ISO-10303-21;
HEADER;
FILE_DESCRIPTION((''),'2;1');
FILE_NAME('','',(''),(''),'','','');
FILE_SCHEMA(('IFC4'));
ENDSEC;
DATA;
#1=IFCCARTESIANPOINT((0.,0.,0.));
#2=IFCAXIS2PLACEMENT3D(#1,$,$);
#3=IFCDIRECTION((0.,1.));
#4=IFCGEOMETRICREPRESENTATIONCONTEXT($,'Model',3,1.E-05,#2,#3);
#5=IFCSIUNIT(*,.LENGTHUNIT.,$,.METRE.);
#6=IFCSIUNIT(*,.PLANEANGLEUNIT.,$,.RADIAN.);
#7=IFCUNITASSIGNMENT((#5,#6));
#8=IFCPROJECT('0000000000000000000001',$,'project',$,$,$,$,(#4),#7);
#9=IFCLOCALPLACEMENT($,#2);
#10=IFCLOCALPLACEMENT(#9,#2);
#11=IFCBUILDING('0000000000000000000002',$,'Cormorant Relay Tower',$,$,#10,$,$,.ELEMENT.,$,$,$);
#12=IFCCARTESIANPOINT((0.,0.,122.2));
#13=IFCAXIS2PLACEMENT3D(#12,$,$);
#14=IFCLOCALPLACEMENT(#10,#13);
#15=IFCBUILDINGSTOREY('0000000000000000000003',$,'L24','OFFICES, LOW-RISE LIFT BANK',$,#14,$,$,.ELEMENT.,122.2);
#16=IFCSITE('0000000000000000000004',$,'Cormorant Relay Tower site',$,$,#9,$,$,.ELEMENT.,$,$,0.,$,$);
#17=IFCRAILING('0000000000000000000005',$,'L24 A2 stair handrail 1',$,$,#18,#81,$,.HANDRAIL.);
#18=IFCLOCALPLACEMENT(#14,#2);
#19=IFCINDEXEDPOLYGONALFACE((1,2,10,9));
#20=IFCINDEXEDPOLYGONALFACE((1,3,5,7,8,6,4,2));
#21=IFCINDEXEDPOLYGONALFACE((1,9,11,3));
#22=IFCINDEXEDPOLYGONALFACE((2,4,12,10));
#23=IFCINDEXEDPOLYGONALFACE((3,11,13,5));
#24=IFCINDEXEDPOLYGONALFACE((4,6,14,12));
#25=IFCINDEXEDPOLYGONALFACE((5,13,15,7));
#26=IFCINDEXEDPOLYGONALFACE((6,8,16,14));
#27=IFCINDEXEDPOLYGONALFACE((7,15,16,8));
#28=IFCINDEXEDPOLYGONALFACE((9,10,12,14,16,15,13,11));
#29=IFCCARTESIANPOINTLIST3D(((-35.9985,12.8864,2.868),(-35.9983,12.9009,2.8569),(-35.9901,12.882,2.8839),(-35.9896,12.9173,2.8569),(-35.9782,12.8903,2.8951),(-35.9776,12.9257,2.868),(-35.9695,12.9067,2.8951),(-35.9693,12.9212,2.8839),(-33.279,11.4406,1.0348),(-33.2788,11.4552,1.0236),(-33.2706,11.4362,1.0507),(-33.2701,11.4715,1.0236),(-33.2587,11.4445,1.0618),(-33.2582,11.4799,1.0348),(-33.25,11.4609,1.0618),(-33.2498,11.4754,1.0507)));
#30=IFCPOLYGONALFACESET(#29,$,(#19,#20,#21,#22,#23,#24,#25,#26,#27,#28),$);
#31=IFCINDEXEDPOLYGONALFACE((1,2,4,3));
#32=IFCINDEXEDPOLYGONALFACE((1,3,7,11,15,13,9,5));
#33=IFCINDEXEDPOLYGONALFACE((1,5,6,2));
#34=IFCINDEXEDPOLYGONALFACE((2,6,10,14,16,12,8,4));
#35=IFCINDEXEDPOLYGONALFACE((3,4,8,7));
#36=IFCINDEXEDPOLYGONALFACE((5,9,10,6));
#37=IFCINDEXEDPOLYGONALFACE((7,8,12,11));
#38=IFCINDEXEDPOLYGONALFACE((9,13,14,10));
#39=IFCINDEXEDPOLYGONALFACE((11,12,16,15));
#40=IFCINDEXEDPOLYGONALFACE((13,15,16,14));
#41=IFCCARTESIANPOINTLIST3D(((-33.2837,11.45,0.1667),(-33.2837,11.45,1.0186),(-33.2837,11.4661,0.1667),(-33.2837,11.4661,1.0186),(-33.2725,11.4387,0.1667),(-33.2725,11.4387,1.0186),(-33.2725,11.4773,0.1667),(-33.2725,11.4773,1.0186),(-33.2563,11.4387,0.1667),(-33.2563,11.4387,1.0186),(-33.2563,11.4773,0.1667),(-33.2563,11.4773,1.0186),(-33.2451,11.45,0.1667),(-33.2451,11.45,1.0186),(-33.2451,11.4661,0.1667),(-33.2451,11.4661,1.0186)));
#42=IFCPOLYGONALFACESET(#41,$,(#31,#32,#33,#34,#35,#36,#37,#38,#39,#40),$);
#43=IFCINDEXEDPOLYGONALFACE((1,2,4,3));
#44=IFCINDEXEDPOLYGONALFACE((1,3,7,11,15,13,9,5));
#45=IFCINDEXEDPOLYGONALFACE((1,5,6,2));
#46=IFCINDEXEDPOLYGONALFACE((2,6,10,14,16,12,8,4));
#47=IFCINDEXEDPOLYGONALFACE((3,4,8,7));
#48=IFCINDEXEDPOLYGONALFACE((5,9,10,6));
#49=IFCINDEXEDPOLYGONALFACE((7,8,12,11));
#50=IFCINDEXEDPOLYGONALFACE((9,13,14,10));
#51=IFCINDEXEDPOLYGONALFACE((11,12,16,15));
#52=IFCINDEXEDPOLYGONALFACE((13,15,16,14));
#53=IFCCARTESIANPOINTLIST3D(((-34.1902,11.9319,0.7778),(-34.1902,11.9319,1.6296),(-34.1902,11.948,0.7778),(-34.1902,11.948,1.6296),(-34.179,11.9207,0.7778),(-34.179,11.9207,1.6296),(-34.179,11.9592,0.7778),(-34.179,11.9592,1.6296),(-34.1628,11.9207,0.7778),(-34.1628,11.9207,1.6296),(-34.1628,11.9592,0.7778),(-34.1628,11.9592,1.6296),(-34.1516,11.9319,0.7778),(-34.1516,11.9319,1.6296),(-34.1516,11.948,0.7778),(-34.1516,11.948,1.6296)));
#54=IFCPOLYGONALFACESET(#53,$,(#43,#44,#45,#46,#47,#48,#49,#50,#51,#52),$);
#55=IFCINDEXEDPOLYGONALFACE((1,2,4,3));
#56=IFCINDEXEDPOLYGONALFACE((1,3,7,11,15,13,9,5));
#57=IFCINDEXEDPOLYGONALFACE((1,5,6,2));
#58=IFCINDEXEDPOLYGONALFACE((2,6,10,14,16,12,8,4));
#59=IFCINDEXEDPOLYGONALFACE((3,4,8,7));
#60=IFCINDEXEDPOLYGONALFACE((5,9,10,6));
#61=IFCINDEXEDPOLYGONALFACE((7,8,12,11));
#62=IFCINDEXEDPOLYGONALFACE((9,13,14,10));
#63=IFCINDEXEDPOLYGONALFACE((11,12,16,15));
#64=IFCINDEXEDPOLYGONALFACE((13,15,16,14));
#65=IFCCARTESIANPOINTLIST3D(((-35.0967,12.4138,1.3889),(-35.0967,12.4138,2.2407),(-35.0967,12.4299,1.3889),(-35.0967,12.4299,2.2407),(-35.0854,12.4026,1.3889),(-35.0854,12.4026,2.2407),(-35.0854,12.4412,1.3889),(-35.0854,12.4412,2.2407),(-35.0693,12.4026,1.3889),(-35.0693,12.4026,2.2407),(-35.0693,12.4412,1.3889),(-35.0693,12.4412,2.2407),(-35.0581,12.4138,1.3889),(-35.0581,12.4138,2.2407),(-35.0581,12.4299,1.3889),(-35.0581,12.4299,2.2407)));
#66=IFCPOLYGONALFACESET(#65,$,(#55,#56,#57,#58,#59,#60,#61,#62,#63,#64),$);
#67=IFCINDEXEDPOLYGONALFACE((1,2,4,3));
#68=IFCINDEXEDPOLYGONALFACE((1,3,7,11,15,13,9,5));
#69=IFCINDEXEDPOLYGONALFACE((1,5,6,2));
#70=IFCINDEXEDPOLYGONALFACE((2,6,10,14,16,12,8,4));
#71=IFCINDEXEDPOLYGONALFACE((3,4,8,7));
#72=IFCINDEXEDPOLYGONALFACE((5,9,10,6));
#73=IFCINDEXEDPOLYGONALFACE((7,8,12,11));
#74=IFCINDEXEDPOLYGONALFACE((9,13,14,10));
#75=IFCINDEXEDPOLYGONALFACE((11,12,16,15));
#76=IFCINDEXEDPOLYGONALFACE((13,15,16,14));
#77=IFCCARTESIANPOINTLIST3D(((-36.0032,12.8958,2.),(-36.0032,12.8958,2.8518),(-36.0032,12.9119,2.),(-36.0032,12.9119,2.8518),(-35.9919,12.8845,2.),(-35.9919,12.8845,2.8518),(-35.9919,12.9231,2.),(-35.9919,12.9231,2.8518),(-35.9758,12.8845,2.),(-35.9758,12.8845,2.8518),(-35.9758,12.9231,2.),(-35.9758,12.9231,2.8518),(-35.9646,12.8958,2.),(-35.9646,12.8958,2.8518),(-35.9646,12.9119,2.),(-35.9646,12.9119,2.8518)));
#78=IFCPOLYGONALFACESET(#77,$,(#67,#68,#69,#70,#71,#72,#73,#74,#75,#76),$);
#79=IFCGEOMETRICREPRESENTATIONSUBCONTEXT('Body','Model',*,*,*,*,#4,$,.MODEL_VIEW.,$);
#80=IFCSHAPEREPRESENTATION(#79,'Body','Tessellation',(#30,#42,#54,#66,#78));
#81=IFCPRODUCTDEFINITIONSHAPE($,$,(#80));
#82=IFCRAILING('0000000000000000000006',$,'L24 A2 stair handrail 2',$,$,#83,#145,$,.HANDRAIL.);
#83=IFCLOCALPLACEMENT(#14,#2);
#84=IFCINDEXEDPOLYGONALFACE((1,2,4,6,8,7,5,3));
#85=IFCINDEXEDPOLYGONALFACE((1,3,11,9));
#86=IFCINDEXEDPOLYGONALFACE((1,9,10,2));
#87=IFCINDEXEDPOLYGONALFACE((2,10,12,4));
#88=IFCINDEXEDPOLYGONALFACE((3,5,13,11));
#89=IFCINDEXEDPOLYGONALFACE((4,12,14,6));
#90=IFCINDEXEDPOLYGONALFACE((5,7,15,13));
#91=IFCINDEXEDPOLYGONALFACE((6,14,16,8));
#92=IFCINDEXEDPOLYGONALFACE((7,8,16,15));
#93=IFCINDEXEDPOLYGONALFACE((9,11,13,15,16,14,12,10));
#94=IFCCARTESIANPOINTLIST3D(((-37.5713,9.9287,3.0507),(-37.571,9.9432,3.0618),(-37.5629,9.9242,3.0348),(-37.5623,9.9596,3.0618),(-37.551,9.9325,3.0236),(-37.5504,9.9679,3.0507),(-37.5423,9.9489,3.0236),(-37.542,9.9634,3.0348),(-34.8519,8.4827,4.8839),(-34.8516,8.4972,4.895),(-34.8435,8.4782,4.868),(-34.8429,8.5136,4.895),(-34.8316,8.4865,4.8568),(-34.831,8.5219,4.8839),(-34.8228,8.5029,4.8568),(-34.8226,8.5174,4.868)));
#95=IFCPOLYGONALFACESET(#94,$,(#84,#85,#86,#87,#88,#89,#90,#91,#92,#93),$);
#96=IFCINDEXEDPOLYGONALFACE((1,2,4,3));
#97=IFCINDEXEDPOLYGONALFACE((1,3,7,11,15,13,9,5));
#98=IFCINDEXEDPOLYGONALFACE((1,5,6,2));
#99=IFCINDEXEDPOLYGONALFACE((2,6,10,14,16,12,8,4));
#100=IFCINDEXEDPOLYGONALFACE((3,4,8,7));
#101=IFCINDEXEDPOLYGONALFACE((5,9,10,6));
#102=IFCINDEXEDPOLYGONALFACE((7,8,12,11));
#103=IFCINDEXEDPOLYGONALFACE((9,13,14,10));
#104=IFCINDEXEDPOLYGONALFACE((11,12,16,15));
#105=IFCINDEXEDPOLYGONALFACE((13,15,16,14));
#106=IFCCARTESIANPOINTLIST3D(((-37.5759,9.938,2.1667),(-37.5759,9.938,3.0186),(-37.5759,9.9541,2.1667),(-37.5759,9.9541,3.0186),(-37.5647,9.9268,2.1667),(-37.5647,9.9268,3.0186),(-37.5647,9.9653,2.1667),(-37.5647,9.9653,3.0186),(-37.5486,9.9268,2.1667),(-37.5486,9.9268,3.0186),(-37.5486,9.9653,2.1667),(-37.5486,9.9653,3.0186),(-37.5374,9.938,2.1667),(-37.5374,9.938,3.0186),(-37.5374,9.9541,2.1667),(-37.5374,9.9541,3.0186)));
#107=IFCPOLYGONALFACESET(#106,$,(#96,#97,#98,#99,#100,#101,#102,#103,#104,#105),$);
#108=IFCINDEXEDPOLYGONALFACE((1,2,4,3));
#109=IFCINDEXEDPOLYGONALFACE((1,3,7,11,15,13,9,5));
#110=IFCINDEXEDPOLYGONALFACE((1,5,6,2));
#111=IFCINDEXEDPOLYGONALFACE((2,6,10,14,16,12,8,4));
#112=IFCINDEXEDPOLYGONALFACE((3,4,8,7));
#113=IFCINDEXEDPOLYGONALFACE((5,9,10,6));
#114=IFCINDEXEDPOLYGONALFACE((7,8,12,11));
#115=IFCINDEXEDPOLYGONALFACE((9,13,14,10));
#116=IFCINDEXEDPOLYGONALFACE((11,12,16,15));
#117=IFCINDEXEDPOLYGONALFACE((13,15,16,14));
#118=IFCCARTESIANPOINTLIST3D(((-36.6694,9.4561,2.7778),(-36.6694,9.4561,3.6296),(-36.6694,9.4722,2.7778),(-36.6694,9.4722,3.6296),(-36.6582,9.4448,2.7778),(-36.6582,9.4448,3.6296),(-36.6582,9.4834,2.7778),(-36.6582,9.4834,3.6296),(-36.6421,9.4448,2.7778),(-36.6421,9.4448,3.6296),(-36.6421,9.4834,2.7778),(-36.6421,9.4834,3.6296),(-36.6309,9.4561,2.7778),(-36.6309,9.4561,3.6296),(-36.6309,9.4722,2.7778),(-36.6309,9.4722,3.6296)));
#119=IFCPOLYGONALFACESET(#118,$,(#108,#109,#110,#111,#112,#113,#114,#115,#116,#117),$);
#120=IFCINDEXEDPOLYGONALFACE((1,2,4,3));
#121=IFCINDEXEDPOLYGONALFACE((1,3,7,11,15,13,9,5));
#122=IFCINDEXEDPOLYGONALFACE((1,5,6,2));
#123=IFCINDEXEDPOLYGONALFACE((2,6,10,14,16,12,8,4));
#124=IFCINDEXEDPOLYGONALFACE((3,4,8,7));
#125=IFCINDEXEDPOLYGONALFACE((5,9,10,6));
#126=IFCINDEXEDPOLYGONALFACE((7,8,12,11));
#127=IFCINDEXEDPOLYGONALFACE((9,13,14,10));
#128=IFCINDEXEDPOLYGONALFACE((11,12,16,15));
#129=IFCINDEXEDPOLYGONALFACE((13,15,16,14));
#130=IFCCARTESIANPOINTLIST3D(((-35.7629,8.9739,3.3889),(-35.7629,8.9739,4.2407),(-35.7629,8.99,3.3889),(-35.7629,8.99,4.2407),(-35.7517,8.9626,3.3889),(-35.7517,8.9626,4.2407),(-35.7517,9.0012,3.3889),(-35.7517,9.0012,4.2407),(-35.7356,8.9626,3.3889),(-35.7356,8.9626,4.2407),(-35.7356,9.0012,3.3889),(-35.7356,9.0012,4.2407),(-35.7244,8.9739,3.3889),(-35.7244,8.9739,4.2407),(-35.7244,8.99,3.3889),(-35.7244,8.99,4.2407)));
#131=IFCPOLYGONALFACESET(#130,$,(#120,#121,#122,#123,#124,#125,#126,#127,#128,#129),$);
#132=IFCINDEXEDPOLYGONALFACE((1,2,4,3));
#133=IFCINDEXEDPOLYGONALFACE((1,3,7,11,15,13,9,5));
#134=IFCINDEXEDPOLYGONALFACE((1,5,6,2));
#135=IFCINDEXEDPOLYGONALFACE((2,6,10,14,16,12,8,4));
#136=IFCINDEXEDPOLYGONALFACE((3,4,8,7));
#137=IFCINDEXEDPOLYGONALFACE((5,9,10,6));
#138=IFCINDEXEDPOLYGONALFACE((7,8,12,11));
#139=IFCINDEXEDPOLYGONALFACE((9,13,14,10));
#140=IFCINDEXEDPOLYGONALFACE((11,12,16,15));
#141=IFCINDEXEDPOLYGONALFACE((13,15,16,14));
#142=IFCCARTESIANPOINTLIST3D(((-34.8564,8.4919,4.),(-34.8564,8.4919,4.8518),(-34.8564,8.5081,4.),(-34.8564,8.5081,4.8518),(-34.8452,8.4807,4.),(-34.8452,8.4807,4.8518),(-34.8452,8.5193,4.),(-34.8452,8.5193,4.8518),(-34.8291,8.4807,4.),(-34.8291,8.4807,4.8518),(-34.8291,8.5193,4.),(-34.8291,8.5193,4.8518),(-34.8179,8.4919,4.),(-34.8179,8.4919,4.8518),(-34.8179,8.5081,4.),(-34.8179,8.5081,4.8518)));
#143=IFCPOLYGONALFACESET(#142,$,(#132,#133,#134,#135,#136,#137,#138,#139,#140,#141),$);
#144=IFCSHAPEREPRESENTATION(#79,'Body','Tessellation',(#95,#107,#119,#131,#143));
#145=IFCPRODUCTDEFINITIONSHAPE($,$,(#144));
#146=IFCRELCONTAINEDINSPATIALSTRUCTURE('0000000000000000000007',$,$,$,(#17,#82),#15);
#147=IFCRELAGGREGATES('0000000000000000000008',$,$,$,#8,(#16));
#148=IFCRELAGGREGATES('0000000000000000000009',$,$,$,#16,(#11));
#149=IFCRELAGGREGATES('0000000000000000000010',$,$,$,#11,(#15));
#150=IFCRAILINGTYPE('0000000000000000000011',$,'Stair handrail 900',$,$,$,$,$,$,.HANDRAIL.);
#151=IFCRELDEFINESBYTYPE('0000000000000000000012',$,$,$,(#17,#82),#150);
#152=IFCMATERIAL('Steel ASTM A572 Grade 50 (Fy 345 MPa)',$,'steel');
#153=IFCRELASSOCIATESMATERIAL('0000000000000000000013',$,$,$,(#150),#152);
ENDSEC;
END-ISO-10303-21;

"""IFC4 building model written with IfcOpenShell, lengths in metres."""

from ifc_helpers import new_model, si_unit, direction, frame, origin, place, context, subcontext, project, spatial, polyline, outline, extrude, material, type_object, element, save


model = new_model("IFC4")

# Units and contexts
model_context = context("Model", 3, precision=1e-05, world=origin(), true_north=direction((0.0, 1.0)))
body_context = subcontext(model_context, "Body", "Model", "MODEL_VIEW")
ifc_project = project(units=[si_unit("LENGTHUNIT", "METRE"), si_unit("PLANEANGLEUNIT", "RADIAN")], contexts=[model_context])

# Site, building, storey
site_placement = place(None, origin())
site = spatial("IfcSite", under=ifc_project, at=site_placement, Name="Cormorant Relay Tower site", CompositionType="ELEMENT", RefElevation=0.0)
building_placement = place(site_placement, origin())
building = spatial("IfcBuilding", under=site, at=building_placement, Name="Cormorant Relay Tower", CompositionType="ELEMENT")
storey_placement = place(building_placement, frame((0.0, 0.0, 122.2)))
storey = spatial("IfcBuildingStorey", under=building, at=storey_placement, Name="L24", Description="OFFICES, LOW-RISE LIFT BANK", CompositionType="ELEMENT", Elevation=122.2)

# Railings
ifc_material_1 = material(Name="Steel ASTM A572 Grade 50 (Fy 345 MPa)", Category="steel")
railing_type_1 = type_object("IfcRailingType", Name="Stair handrail 900", PredefinedType="HANDRAIL", material=ifc_material_1)
railing_1_placement = place(storey_placement, frame((-33.2644, 11.458, 0.1667)))
element("IfcRailing", 1, at=railing_1_placement, inside=storey, type_object=railing_type_1, Name="L24 A2 stair handrail 1", PredefinedType="HANDRAIL", context=body_context, shape_type="SweptSolid", body=[
    extrude(outline(polyline([(0.0222, 0.0093), (0.0093, 0.0222), (-0.0093, 0.0222), (-0.0222, 0.0093), (-0.0222, -0.0093), (-0.0093, -0.0222), (0.0093, -0.0222), (0.0222, -0.0093), (0.0222, 0.0093)])), frame((0.0, 0.0, 0.876), z_axis=(-0.758735, 0.403378, 0.511477), x_axis=(-0.469428, -0.882971, 0.0)), (0.0, 0.0, 1.0), 3.5842),
    extrude(outline(polyline([(0.0193, 0.0081), (0.0081, 0.0193), (-0.0081, 0.0193), (-0.0193, 0.0081), (-0.0193, -0.0081), (-0.0081, -0.0193), (0.0081, -0.0193), (0.0193, -0.0081), (0.0193, 0.0081)])), origin(), (0.0, 0.0, 1.0), 0.8518),
    extrude(outline(polyline([(0.0193, 0.0081), (0.0081, 0.0193), (-0.0081, 0.0193), (-0.0193, 0.0081), (-0.0193, -0.0081), (-0.0081, -0.0193), (0.0081, -0.0193), (0.0193, -0.0081), (0.0193, 0.0081)])), frame((-0.9065, 0.4819, 0.6111)), (0.0, 0.0, 1.0), 0.8518),
    extrude(outline(polyline([(0.0193, 0.0081), (0.0081, 0.0193), (-0.0081, 0.0193), (-0.0193, 0.0081), (-0.0193, -0.0081), (-0.0081, -0.0193), (0.0081, -0.0193), (0.0193, -0.0081), (0.0193, 0.0081)])), frame((-1.813, 0.9639, 1.2222)), (0.0, 0.0, 1.0), 0.8518),
    extrude(outline(polyline([(0.0193, 0.0081), (0.0081, 0.0193), (-0.0081, 0.0193), (-0.0193, 0.0081), (-0.0193, -0.0081), (-0.0081, -0.0193), (0.0081, -0.0193), (0.0193, -0.0081), (0.0193, 0.0081)])), frame((-2.7195, 1.4458, 1.8333)), (0.0, 0.0, 1.0), 0.8518),
])
railing_2_placement = place(storey_placement, frame((-37.5566, 9.946, 2.1667)))
element("IfcRailing", 2, at=railing_2_placement, inside=storey, type_object=railing_type_1, Name="L24 A2 stair handrail 2", PredefinedType="HANDRAIL", context=body_context, shape_type="SweptSolid", body=[
    extrude(outline(polyline([(0.0222, 0.0093), (0.0093, 0.0222), (-0.0093, 0.0222), (-0.0222, 0.0093), (-0.0222, -0.0093), (-0.0093, -0.0222), (0.0093, -0.0222), (0.0222, -0.0093), (0.0222, 0.0093)])), frame((0.0, 0.0, 0.876), z_axis=(0.758714, -0.403435, 0.511463), x_axis=(0.469489, 0.882938, 0.0)), (0.0, 0.0, 1.0), 3.5842),
    extrude(outline(polyline([(0.0193, 0.0081), (0.0081, 0.0193), (-0.0081, 0.0193), (-0.0193, 0.0081), (-0.0193, -0.0081), (-0.0081, -0.0193), (0.0081, -0.0193), (0.0193, -0.0081), (0.0193, 0.0081)])), origin(), (0.0, 0.0, 1.0), 0.8518),
    extrude(outline(polyline([(0.0193, 0.0081), (0.0081, 0.0193), (-0.0081, 0.0193), (-0.0193, 0.0081), (-0.0193, -0.0081), (-0.0081, -0.0193), (0.0081, -0.0193), (0.0193, -0.0081), (0.0193, 0.0081)])), frame((0.9065, -0.4819, 0.6111)), (0.0, 0.0, 1.0), 0.8518),
    extrude(outline(polyline([(0.0193, 0.0081), (0.0081, 0.0193), (-0.0081, 0.0193), (-0.0193, 0.0081), (-0.0193, -0.0081), (-0.0081, -0.0193), (0.0081, -0.0193), (0.0193, -0.0081), (0.0193, 0.0081)])), frame((1.813, -0.9641, 1.2222)), (0.0, 0.0, 1.0), 0.8518),
    extrude(outline(polyline([(0.0193, 0.0081), (0.0081, 0.0193), (-0.0081, 0.0193), (-0.0193, 0.0081), (-0.0193, -0.0081), (-0.0081, -0.0193), (0.0081, -0.0193), (0.0193, -0.0081), (0.0193, 0.0081)])), frame((2.7195, -1.446, 1.8333)), (0.0, 0.0, 1.0), 0.8518),
])

save(model, "model.ifc")
